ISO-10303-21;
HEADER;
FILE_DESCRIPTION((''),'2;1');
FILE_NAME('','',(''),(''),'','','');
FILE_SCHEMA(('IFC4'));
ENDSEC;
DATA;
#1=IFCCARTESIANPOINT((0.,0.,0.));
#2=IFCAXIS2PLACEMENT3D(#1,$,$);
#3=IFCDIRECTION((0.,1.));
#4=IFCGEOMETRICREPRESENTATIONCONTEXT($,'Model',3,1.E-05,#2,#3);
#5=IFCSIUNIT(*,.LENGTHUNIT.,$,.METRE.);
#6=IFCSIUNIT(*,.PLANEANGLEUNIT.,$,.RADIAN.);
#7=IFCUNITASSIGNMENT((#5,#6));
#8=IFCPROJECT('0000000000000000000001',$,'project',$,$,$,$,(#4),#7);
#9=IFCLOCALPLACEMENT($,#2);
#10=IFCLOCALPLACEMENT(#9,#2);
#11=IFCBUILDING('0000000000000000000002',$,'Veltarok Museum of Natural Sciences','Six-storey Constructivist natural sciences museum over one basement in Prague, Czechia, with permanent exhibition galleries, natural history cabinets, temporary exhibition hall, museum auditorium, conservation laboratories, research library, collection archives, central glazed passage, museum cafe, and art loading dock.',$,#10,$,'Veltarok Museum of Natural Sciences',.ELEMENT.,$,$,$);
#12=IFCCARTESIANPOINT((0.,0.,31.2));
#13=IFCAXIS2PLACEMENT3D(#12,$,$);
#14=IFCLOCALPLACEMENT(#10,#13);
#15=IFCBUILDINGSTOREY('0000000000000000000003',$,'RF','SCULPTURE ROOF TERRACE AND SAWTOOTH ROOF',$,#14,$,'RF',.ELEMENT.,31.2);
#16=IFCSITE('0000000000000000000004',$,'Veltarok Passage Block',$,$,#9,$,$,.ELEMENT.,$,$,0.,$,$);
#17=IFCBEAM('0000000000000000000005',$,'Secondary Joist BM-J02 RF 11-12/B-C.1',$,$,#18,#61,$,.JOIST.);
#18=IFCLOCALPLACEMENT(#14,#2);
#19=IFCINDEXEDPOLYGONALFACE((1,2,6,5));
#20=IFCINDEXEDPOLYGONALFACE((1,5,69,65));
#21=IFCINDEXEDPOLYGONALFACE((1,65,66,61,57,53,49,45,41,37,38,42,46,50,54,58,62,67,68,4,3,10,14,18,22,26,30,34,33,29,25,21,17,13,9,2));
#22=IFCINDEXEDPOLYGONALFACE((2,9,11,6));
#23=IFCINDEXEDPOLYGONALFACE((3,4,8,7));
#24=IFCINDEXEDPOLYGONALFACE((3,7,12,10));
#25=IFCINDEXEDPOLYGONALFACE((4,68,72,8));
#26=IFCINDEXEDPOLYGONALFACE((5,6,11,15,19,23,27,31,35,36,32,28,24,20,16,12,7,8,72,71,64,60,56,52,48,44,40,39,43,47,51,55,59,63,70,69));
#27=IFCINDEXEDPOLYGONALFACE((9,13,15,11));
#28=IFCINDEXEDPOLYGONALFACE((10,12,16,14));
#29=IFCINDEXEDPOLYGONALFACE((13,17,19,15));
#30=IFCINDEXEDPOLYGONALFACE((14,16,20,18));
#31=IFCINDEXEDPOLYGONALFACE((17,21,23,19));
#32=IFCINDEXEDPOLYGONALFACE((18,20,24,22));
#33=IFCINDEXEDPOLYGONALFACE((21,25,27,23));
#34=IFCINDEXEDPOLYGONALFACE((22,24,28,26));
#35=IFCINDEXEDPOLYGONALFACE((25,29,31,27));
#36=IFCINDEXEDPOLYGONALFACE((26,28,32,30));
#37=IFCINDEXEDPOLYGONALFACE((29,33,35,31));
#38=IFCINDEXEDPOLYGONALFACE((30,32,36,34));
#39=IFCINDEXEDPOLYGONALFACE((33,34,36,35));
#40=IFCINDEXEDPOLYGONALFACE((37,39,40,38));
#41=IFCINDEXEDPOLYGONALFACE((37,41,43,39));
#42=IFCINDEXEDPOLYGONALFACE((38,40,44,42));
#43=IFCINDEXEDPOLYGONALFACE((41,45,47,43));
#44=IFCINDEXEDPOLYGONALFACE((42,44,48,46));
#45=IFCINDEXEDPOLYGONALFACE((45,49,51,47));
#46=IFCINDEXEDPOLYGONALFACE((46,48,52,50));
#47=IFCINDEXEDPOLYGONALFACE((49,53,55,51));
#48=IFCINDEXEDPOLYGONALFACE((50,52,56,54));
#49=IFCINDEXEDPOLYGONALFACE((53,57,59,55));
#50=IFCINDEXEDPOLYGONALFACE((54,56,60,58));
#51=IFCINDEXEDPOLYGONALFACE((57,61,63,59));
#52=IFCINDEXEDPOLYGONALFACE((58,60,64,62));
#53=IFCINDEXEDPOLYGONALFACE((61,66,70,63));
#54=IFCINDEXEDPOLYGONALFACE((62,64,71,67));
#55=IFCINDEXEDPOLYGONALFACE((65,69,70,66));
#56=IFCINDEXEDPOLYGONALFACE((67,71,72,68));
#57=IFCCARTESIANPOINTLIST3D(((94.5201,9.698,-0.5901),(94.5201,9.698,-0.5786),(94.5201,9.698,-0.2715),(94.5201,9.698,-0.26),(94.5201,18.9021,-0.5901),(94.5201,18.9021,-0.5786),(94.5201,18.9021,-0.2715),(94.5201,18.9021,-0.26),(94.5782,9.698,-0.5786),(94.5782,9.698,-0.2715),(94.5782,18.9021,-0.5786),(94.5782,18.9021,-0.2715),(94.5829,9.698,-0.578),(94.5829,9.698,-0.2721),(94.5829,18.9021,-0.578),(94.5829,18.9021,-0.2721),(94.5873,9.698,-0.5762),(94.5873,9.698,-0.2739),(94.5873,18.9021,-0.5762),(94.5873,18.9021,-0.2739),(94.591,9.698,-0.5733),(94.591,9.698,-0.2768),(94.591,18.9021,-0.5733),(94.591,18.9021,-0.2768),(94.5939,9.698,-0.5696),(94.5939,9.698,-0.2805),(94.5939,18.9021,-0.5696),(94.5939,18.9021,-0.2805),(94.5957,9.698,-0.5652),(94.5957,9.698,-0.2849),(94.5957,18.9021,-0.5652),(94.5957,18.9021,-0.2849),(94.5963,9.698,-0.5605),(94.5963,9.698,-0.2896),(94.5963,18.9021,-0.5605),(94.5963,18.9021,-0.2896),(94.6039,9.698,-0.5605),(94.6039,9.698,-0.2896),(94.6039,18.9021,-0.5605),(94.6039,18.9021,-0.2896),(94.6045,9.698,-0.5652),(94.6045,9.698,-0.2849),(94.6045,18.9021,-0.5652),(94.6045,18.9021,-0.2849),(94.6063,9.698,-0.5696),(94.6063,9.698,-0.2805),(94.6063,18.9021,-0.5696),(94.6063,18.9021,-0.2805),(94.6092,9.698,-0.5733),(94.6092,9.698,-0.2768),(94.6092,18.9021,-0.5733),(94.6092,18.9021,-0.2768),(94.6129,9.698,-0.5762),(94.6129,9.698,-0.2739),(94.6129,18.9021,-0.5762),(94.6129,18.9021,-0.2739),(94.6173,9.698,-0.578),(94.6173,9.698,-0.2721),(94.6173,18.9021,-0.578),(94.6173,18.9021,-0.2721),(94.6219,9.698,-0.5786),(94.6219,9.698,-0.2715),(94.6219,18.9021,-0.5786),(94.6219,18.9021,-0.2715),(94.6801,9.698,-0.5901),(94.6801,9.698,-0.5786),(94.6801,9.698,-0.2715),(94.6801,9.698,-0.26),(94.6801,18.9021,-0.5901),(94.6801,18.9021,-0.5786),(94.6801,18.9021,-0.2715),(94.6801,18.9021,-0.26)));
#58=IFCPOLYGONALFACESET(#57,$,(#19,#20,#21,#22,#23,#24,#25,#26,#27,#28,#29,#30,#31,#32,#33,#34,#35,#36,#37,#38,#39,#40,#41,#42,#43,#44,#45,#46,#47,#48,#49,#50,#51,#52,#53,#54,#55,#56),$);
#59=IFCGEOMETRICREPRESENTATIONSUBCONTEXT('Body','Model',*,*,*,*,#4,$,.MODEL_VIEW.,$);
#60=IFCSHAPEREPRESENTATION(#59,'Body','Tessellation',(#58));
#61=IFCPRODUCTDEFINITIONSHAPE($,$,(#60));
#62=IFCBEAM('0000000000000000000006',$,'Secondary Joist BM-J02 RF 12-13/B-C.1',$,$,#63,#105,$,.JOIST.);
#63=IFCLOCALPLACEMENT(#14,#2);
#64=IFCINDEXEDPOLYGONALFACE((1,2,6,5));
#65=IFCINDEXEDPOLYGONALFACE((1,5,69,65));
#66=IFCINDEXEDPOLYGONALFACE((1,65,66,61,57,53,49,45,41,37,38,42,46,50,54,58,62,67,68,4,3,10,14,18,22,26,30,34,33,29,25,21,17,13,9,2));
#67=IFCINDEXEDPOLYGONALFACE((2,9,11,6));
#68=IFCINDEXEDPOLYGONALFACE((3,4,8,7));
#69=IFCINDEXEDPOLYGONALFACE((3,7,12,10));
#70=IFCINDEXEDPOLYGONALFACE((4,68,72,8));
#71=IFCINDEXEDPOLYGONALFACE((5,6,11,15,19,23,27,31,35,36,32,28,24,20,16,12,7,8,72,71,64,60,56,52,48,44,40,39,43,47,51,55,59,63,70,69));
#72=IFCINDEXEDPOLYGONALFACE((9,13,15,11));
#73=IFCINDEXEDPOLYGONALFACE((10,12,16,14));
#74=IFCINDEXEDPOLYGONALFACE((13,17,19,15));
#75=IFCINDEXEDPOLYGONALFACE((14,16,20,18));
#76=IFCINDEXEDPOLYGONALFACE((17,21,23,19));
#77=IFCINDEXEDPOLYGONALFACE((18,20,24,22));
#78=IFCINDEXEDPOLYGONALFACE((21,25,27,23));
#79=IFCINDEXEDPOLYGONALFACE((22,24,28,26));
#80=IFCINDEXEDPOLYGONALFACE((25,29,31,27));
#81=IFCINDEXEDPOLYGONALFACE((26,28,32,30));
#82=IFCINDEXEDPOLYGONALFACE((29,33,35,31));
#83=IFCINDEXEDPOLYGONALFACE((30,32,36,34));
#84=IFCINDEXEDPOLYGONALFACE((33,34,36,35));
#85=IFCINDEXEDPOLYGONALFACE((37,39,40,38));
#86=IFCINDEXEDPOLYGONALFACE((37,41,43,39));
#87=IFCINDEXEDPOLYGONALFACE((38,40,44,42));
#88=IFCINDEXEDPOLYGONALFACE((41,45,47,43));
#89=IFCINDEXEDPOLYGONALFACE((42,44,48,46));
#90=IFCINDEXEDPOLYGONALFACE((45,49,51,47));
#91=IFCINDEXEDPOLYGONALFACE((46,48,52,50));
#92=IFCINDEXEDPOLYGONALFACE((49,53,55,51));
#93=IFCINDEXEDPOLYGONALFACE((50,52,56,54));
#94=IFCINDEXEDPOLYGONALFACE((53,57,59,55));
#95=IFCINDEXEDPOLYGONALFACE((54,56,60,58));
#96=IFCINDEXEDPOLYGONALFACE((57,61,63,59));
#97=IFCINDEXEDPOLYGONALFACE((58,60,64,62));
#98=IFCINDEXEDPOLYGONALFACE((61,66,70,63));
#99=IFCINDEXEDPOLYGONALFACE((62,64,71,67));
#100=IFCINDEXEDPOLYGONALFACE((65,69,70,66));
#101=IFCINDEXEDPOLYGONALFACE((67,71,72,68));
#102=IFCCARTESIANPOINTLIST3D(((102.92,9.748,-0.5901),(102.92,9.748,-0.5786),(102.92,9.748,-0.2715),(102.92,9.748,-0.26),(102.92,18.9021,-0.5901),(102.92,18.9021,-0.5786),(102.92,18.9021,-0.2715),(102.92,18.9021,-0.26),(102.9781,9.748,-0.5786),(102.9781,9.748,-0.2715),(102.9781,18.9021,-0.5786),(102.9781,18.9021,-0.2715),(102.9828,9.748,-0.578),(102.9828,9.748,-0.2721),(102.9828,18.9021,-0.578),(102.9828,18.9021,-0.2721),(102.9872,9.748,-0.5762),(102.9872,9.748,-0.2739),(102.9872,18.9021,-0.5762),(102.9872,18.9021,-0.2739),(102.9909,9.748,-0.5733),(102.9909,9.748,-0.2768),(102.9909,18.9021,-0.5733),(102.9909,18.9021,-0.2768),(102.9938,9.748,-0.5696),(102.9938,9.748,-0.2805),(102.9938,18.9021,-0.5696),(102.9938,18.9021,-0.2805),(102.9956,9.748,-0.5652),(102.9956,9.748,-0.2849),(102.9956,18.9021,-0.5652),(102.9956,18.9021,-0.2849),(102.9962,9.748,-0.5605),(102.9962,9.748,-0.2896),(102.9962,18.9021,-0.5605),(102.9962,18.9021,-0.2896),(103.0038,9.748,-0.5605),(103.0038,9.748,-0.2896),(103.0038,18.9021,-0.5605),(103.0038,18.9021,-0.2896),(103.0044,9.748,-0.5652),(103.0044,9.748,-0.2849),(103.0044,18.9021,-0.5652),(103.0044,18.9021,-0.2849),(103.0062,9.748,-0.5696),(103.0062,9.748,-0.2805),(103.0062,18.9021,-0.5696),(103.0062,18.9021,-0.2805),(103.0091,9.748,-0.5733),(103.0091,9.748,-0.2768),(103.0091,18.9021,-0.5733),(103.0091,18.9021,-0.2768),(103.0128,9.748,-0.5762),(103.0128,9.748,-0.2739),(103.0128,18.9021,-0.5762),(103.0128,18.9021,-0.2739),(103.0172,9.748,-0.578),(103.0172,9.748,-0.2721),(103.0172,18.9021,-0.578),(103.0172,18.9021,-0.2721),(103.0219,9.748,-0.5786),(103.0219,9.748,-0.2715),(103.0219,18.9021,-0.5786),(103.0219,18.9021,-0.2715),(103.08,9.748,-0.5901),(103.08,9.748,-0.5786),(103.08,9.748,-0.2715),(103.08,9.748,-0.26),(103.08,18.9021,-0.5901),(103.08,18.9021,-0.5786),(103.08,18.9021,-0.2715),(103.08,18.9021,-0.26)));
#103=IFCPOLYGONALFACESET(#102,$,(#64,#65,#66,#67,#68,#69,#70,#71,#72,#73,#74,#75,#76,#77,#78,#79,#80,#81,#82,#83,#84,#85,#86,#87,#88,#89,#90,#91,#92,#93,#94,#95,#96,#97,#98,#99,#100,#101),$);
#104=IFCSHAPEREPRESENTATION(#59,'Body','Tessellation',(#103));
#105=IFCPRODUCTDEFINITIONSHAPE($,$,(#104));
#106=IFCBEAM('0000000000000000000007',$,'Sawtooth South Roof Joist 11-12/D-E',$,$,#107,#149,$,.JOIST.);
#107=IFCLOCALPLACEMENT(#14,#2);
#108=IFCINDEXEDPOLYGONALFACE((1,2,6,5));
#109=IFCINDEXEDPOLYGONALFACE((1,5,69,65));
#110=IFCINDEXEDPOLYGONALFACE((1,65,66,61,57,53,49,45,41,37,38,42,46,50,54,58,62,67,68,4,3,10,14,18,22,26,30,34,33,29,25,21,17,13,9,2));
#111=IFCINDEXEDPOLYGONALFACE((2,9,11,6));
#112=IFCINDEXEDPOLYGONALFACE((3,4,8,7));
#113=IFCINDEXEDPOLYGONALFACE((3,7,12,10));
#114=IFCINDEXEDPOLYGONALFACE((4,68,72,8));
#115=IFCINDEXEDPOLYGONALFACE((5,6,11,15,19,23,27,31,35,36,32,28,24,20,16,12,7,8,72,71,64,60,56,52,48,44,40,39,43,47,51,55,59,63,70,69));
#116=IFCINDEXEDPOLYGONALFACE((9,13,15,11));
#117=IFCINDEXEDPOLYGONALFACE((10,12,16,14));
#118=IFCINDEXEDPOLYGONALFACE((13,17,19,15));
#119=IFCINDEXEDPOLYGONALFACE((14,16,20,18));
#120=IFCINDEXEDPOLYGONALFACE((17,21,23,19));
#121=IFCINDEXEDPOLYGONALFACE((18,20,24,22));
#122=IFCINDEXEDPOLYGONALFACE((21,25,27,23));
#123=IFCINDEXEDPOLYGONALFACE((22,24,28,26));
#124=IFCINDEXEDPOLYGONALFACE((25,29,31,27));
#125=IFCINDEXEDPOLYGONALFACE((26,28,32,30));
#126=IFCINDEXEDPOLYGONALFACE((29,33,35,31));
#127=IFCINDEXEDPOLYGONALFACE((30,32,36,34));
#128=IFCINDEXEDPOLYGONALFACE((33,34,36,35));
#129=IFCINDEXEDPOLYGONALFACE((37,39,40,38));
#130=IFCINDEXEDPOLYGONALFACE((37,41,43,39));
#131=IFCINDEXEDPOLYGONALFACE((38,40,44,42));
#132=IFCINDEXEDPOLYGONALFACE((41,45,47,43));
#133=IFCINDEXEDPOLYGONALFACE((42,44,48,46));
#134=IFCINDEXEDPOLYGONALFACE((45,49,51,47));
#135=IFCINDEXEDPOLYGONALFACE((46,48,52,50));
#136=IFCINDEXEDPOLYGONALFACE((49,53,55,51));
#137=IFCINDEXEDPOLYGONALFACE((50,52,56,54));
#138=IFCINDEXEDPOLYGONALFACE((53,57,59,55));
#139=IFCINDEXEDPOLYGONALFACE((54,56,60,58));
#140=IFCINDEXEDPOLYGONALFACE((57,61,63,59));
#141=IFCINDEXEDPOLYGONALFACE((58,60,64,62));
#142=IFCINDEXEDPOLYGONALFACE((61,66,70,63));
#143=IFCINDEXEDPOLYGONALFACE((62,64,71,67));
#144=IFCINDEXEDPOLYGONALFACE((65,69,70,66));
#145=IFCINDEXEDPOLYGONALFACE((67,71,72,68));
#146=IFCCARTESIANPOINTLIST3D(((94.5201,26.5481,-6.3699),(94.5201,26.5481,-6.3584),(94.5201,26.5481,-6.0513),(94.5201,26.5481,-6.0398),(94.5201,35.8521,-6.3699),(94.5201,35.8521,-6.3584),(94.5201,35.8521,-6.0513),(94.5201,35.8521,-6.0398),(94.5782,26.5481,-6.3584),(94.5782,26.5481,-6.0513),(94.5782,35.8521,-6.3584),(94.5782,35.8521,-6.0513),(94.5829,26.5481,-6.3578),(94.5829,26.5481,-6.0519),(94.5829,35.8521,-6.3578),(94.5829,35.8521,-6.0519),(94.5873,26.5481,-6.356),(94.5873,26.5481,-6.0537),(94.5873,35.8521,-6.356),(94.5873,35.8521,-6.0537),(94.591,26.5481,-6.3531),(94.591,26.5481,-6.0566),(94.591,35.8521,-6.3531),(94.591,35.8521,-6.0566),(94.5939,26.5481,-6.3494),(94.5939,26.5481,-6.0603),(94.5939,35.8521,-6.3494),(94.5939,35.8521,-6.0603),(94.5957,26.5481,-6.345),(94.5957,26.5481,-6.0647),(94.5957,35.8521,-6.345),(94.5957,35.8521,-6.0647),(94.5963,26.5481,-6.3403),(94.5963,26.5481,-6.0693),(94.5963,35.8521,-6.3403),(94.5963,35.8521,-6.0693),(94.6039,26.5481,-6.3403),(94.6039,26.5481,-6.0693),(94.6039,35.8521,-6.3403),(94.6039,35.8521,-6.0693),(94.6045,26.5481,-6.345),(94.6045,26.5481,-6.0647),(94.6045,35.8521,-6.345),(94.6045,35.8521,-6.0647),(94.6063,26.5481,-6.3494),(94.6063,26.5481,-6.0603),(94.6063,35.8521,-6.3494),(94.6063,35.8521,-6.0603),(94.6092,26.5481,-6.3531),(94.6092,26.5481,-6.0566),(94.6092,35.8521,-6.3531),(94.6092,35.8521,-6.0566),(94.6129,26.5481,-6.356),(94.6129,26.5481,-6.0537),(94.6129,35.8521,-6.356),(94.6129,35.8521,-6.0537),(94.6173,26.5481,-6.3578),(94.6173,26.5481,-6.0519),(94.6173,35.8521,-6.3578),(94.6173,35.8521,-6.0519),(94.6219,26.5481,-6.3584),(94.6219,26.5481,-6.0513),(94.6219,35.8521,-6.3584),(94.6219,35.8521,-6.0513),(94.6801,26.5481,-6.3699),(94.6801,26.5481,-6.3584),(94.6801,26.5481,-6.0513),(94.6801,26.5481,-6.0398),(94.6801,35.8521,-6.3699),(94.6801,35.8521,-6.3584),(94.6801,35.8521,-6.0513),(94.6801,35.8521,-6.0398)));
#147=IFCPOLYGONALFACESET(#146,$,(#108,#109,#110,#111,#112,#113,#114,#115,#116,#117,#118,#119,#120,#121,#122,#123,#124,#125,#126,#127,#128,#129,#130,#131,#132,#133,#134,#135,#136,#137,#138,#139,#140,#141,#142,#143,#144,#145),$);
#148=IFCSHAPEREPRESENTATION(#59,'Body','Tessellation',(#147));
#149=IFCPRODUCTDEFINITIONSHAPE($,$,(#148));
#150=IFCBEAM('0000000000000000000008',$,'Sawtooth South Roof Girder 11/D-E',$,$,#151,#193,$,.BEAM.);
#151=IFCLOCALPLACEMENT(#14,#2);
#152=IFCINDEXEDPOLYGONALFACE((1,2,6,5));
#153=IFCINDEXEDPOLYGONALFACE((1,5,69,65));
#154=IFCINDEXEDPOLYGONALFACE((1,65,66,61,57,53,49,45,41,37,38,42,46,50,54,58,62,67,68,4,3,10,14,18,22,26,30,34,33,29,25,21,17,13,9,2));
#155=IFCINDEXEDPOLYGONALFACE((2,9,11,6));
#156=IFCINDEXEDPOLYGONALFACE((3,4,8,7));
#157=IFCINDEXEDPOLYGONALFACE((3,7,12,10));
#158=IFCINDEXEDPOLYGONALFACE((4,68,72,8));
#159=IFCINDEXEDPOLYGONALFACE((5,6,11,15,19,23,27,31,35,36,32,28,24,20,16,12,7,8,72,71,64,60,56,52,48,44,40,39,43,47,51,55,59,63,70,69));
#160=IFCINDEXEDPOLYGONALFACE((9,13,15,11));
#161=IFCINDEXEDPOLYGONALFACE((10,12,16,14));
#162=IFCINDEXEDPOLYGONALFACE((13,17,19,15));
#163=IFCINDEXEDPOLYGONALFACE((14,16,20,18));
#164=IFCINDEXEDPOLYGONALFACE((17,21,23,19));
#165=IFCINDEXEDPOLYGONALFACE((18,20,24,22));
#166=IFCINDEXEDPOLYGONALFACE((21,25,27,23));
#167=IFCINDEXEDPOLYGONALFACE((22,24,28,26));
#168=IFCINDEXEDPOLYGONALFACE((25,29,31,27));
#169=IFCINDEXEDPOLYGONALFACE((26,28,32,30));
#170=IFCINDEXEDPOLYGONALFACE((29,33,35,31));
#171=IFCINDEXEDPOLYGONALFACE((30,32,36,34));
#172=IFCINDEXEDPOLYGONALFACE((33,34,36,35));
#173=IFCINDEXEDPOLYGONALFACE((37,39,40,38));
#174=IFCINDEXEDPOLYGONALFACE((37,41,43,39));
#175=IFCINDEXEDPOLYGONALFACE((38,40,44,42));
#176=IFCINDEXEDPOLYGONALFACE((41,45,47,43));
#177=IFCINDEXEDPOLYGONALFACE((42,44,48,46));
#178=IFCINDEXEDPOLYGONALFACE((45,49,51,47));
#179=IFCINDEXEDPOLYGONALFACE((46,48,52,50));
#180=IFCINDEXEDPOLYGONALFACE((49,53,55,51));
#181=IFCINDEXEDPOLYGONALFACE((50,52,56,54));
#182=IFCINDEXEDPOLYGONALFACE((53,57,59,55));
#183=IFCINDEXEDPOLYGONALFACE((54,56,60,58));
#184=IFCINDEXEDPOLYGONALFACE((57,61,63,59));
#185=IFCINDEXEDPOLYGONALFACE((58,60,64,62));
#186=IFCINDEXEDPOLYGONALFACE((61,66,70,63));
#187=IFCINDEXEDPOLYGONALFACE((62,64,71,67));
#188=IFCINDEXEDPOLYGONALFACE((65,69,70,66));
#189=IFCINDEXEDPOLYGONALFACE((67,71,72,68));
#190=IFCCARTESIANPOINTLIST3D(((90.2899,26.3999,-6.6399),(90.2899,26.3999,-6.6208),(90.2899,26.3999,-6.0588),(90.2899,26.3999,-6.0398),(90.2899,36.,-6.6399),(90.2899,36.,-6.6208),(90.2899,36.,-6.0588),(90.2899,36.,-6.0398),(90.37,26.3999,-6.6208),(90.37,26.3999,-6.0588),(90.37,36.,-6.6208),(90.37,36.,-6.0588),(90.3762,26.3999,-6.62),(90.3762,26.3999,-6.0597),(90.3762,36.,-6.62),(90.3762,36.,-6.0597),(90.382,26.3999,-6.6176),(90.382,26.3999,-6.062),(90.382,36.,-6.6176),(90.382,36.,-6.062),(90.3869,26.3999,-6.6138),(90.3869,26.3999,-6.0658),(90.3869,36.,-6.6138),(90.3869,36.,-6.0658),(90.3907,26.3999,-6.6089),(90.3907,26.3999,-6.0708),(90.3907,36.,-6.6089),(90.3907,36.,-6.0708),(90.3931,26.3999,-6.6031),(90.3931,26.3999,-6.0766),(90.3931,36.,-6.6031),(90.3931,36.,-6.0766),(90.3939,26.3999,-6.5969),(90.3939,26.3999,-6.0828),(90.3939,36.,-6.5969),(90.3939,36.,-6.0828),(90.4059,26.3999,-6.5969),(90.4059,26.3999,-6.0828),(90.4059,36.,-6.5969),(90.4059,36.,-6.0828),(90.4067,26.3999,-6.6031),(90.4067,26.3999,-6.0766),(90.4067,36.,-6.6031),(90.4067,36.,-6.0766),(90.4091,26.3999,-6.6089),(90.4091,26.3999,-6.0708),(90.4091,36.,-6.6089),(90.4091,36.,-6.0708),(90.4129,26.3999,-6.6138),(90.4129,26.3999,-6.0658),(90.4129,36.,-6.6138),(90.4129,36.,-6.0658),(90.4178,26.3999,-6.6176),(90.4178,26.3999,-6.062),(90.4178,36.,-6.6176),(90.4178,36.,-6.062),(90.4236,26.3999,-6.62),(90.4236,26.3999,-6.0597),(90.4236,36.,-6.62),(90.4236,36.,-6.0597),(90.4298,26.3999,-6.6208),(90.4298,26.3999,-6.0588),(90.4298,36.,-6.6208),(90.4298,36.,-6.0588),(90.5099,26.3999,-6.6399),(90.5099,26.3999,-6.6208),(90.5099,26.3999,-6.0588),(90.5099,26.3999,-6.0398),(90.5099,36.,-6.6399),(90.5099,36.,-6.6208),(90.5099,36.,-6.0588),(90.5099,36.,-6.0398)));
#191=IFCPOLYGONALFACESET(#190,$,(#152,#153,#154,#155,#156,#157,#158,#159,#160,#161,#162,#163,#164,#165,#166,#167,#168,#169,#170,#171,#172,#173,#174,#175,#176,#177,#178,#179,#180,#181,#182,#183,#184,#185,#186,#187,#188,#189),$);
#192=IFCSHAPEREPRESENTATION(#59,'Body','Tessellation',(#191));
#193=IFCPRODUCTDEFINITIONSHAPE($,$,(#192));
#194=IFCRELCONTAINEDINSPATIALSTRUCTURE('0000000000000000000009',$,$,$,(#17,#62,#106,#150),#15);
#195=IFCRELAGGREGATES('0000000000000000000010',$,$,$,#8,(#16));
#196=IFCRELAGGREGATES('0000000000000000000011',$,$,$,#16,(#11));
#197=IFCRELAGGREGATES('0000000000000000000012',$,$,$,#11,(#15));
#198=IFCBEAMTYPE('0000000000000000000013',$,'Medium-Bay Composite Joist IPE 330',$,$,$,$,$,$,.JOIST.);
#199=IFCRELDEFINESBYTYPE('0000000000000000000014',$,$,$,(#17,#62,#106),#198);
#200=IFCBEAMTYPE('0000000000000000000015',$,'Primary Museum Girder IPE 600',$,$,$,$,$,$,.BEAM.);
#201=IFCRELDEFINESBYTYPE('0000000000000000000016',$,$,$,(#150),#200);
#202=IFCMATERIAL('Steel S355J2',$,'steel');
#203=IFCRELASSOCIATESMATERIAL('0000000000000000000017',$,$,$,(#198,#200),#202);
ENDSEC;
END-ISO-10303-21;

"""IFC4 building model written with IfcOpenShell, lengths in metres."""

from ifc_helpers import new_model, si_unit, direction, frame, origin, origin_2d, place, context, subcontext, project, spatial, i_section, extrude, material, material_profile, profile_set, type_object, element, save


model = new_model("IFC4")

# Units and contexts
model_context = context("Model", 3, precision=1e-05, world=origin(), true_north=direction((0.0, 1.0)))
body_context = subcontext(model_context, "Body", "Model", "MODEL_VIEW")
ifc_project = project(units=[si_unit("LENGTHUNIT", "METRE"), si_unit("PLANEANGLEUNIT", "RADIAN")], contexts=[model_context])

# Site, building, storey
site_placement = place(None, origin())
site = spatial("IfcSite", under=ifc_project, at=site_placement, Name="Veltarok Passage Block", CompositionType="ELEMENT", RefElevation=0.0)
building_placement = place(site_placement, origin())
building = spatial("IfcBuilding", under=site, at=building_placement, Name="Veltarok Museum of Natural Sciences", Description="Six-storey Constructivist natural sciences museum over one basement in Prague, Czechia, with permanent exhibition galleries, natural history cabinets, temporary exhibition hall, museum auditorium, conservation laboratories, research library, collection archives, central glazed passage, museum cafe, and art loading dock.", LongName="Veltarok Museum of Natural Sciences", CompositionType="ELEMENT")
storey_placement = place(building_placement, frame((0.0, 0.0, 31.2)))
storey = spatial("IfcBuildingStorey", under=building, at=storey_placement, Name="RF", Description="SCULPTURE ROOF TERRACE AND SAWTOOTH ROOF", LongName="RF", CompositionType="ELEMENT", Elevation=31.2)

# Beams
ifc_material_1 = material(Name="Steel S355J2", Category="steel")
ifc_material_profile_1 = material_profile(ifc_material_1, i_section(OverallWidth=0.1599, OverallDepth=0.3301, WebThickness=0.0076, FlangeThickness=0.0115, FilletRadius=0.0181, at=origin_2d()), Name="IPE 330")
ifc_profile_set_1 = profile_set([ifc_material_profile_1], Name="Steel S355J2")
beam_type_1 = type_object("IfcBeamType", Name="Medium-Bay Composite Joist IPE 330", PredefinedType="JOIST", material=ifc_profile_set_1)
beam_1_placement = place(storey_placement, frame((94.6001, 9.698, -0.425), z_axis=(0.0, 1.0, 0.0), x_axis=(-1.0, 0.0, 0.0)))
element("IfcBeam", 1, at=beam_1_placement, inside=storey, type_object=beam_type_1, Name="Secondary Joist BM-J02 RF 11-12/B-C.1", PredefinedType="JOIST", context=body_context, shape_type="SweptSolid", body=[
    extrude(i_section(OverallWidth=0.1599, OverallDepth=0.3301, WebThickness=0.0076, FlangeThickness=0.0115, FilletRadius=0.0181, at=origin_2d()), origin(), (0.0, 0.0, 1.0), 9.2041),
])
beam_2_placement = place(storey_placement, frame((103.0, 9.748, -0.425), z_axis=(0.0, 1.0, 0.0), x_axis=(-1.0, 0.0, 0.0)))
element("IfcBeam", 2, at=beam_2_placement, inside=storey, type_object=beam_type_1, Name="Secondary Joist BM-J02 RF 12-13/B-C.1", PredefinedType="JOIST", context=body_context, shape_type="SweptSolid", body=[
    extrude(i_section(OverallWidth=0.1599, OverallDepth=0.3301, WebThickness=0.0076, FlangeThickness=0.0115, FilletRadius=0.0181, at=origin_2d()), origin(), (0.0, 0.0, 1.0), 9.1541),
])
beam_3_placement = place(storey_placement, frame((94.6001, 26.5481, -6.2048), z_axis=(0.0, 1.0, 0.0), x_axis=(-1.0, 0.0, 0.0)))
element("IfcBeam", 3, at=beam_3_placement, inside=storey, type_object=beam_type_1, Name="Sawtooth South Roof Joist 11-12/D-E", PredefinedType="JOIST", context=body_context, shape_type="SweptSolid", body=[
    extrude(i_section(OverallWidth=0.1599, OverallDepth=0.3301, WebThickness=0.0076, FlangeThickness=0.0115, FilletRadius=0.0181, at=origin_2d()), origin(), (0.0, 0.0, 1.0), 9.304),
])
ifc_material_profile_2 = material_profile(ifc_material_1, i_section(OverallWidth=0.22, OverallDepth=0.6001, WebThickness=0.012, FlangeThickness=0.019, FilletRadius=0.0239, at=origin_2d()), Name="IPE 600")
ifc_profile_set_2 = profile_set([ifc_material_profile_2], Name="Steel S355J2")
beam_type_2 = type_object("IfcBeamType", Name="Primary Museum Girder IPE 600", PredefinedType="BEAM", material=ifc_profile_set_2)
for number, where, z_axis, x_axis, name in (
    (4, (90.3999, 26.3999, -6.3398), (0.0, 1.0, 0.0), (-1.0, 0.0, 0.0), "Sawtooth South Roof Girder 11/D-E"),
):
    element("IfcBeam", number, at=place(storey_placement, frame(where, z_axis=z_axis, x_axis=x_axis)), inside=storey, type_object=beam_type_2, Name=name, PredefinedType="BEAM", context=body_context, shape_type="SweptSolid", body=[
        extrude(i_section(OverallWidth=0.22, OverallDepth=0.6001, WebThickness=0.012, FlangeThickness=0.019, FilletRadius=0.0239, at=origin_2d()), origin(), (0.0, 0.0, 1.0), 9.6001),
    ])

save(model, "model.ifc")
